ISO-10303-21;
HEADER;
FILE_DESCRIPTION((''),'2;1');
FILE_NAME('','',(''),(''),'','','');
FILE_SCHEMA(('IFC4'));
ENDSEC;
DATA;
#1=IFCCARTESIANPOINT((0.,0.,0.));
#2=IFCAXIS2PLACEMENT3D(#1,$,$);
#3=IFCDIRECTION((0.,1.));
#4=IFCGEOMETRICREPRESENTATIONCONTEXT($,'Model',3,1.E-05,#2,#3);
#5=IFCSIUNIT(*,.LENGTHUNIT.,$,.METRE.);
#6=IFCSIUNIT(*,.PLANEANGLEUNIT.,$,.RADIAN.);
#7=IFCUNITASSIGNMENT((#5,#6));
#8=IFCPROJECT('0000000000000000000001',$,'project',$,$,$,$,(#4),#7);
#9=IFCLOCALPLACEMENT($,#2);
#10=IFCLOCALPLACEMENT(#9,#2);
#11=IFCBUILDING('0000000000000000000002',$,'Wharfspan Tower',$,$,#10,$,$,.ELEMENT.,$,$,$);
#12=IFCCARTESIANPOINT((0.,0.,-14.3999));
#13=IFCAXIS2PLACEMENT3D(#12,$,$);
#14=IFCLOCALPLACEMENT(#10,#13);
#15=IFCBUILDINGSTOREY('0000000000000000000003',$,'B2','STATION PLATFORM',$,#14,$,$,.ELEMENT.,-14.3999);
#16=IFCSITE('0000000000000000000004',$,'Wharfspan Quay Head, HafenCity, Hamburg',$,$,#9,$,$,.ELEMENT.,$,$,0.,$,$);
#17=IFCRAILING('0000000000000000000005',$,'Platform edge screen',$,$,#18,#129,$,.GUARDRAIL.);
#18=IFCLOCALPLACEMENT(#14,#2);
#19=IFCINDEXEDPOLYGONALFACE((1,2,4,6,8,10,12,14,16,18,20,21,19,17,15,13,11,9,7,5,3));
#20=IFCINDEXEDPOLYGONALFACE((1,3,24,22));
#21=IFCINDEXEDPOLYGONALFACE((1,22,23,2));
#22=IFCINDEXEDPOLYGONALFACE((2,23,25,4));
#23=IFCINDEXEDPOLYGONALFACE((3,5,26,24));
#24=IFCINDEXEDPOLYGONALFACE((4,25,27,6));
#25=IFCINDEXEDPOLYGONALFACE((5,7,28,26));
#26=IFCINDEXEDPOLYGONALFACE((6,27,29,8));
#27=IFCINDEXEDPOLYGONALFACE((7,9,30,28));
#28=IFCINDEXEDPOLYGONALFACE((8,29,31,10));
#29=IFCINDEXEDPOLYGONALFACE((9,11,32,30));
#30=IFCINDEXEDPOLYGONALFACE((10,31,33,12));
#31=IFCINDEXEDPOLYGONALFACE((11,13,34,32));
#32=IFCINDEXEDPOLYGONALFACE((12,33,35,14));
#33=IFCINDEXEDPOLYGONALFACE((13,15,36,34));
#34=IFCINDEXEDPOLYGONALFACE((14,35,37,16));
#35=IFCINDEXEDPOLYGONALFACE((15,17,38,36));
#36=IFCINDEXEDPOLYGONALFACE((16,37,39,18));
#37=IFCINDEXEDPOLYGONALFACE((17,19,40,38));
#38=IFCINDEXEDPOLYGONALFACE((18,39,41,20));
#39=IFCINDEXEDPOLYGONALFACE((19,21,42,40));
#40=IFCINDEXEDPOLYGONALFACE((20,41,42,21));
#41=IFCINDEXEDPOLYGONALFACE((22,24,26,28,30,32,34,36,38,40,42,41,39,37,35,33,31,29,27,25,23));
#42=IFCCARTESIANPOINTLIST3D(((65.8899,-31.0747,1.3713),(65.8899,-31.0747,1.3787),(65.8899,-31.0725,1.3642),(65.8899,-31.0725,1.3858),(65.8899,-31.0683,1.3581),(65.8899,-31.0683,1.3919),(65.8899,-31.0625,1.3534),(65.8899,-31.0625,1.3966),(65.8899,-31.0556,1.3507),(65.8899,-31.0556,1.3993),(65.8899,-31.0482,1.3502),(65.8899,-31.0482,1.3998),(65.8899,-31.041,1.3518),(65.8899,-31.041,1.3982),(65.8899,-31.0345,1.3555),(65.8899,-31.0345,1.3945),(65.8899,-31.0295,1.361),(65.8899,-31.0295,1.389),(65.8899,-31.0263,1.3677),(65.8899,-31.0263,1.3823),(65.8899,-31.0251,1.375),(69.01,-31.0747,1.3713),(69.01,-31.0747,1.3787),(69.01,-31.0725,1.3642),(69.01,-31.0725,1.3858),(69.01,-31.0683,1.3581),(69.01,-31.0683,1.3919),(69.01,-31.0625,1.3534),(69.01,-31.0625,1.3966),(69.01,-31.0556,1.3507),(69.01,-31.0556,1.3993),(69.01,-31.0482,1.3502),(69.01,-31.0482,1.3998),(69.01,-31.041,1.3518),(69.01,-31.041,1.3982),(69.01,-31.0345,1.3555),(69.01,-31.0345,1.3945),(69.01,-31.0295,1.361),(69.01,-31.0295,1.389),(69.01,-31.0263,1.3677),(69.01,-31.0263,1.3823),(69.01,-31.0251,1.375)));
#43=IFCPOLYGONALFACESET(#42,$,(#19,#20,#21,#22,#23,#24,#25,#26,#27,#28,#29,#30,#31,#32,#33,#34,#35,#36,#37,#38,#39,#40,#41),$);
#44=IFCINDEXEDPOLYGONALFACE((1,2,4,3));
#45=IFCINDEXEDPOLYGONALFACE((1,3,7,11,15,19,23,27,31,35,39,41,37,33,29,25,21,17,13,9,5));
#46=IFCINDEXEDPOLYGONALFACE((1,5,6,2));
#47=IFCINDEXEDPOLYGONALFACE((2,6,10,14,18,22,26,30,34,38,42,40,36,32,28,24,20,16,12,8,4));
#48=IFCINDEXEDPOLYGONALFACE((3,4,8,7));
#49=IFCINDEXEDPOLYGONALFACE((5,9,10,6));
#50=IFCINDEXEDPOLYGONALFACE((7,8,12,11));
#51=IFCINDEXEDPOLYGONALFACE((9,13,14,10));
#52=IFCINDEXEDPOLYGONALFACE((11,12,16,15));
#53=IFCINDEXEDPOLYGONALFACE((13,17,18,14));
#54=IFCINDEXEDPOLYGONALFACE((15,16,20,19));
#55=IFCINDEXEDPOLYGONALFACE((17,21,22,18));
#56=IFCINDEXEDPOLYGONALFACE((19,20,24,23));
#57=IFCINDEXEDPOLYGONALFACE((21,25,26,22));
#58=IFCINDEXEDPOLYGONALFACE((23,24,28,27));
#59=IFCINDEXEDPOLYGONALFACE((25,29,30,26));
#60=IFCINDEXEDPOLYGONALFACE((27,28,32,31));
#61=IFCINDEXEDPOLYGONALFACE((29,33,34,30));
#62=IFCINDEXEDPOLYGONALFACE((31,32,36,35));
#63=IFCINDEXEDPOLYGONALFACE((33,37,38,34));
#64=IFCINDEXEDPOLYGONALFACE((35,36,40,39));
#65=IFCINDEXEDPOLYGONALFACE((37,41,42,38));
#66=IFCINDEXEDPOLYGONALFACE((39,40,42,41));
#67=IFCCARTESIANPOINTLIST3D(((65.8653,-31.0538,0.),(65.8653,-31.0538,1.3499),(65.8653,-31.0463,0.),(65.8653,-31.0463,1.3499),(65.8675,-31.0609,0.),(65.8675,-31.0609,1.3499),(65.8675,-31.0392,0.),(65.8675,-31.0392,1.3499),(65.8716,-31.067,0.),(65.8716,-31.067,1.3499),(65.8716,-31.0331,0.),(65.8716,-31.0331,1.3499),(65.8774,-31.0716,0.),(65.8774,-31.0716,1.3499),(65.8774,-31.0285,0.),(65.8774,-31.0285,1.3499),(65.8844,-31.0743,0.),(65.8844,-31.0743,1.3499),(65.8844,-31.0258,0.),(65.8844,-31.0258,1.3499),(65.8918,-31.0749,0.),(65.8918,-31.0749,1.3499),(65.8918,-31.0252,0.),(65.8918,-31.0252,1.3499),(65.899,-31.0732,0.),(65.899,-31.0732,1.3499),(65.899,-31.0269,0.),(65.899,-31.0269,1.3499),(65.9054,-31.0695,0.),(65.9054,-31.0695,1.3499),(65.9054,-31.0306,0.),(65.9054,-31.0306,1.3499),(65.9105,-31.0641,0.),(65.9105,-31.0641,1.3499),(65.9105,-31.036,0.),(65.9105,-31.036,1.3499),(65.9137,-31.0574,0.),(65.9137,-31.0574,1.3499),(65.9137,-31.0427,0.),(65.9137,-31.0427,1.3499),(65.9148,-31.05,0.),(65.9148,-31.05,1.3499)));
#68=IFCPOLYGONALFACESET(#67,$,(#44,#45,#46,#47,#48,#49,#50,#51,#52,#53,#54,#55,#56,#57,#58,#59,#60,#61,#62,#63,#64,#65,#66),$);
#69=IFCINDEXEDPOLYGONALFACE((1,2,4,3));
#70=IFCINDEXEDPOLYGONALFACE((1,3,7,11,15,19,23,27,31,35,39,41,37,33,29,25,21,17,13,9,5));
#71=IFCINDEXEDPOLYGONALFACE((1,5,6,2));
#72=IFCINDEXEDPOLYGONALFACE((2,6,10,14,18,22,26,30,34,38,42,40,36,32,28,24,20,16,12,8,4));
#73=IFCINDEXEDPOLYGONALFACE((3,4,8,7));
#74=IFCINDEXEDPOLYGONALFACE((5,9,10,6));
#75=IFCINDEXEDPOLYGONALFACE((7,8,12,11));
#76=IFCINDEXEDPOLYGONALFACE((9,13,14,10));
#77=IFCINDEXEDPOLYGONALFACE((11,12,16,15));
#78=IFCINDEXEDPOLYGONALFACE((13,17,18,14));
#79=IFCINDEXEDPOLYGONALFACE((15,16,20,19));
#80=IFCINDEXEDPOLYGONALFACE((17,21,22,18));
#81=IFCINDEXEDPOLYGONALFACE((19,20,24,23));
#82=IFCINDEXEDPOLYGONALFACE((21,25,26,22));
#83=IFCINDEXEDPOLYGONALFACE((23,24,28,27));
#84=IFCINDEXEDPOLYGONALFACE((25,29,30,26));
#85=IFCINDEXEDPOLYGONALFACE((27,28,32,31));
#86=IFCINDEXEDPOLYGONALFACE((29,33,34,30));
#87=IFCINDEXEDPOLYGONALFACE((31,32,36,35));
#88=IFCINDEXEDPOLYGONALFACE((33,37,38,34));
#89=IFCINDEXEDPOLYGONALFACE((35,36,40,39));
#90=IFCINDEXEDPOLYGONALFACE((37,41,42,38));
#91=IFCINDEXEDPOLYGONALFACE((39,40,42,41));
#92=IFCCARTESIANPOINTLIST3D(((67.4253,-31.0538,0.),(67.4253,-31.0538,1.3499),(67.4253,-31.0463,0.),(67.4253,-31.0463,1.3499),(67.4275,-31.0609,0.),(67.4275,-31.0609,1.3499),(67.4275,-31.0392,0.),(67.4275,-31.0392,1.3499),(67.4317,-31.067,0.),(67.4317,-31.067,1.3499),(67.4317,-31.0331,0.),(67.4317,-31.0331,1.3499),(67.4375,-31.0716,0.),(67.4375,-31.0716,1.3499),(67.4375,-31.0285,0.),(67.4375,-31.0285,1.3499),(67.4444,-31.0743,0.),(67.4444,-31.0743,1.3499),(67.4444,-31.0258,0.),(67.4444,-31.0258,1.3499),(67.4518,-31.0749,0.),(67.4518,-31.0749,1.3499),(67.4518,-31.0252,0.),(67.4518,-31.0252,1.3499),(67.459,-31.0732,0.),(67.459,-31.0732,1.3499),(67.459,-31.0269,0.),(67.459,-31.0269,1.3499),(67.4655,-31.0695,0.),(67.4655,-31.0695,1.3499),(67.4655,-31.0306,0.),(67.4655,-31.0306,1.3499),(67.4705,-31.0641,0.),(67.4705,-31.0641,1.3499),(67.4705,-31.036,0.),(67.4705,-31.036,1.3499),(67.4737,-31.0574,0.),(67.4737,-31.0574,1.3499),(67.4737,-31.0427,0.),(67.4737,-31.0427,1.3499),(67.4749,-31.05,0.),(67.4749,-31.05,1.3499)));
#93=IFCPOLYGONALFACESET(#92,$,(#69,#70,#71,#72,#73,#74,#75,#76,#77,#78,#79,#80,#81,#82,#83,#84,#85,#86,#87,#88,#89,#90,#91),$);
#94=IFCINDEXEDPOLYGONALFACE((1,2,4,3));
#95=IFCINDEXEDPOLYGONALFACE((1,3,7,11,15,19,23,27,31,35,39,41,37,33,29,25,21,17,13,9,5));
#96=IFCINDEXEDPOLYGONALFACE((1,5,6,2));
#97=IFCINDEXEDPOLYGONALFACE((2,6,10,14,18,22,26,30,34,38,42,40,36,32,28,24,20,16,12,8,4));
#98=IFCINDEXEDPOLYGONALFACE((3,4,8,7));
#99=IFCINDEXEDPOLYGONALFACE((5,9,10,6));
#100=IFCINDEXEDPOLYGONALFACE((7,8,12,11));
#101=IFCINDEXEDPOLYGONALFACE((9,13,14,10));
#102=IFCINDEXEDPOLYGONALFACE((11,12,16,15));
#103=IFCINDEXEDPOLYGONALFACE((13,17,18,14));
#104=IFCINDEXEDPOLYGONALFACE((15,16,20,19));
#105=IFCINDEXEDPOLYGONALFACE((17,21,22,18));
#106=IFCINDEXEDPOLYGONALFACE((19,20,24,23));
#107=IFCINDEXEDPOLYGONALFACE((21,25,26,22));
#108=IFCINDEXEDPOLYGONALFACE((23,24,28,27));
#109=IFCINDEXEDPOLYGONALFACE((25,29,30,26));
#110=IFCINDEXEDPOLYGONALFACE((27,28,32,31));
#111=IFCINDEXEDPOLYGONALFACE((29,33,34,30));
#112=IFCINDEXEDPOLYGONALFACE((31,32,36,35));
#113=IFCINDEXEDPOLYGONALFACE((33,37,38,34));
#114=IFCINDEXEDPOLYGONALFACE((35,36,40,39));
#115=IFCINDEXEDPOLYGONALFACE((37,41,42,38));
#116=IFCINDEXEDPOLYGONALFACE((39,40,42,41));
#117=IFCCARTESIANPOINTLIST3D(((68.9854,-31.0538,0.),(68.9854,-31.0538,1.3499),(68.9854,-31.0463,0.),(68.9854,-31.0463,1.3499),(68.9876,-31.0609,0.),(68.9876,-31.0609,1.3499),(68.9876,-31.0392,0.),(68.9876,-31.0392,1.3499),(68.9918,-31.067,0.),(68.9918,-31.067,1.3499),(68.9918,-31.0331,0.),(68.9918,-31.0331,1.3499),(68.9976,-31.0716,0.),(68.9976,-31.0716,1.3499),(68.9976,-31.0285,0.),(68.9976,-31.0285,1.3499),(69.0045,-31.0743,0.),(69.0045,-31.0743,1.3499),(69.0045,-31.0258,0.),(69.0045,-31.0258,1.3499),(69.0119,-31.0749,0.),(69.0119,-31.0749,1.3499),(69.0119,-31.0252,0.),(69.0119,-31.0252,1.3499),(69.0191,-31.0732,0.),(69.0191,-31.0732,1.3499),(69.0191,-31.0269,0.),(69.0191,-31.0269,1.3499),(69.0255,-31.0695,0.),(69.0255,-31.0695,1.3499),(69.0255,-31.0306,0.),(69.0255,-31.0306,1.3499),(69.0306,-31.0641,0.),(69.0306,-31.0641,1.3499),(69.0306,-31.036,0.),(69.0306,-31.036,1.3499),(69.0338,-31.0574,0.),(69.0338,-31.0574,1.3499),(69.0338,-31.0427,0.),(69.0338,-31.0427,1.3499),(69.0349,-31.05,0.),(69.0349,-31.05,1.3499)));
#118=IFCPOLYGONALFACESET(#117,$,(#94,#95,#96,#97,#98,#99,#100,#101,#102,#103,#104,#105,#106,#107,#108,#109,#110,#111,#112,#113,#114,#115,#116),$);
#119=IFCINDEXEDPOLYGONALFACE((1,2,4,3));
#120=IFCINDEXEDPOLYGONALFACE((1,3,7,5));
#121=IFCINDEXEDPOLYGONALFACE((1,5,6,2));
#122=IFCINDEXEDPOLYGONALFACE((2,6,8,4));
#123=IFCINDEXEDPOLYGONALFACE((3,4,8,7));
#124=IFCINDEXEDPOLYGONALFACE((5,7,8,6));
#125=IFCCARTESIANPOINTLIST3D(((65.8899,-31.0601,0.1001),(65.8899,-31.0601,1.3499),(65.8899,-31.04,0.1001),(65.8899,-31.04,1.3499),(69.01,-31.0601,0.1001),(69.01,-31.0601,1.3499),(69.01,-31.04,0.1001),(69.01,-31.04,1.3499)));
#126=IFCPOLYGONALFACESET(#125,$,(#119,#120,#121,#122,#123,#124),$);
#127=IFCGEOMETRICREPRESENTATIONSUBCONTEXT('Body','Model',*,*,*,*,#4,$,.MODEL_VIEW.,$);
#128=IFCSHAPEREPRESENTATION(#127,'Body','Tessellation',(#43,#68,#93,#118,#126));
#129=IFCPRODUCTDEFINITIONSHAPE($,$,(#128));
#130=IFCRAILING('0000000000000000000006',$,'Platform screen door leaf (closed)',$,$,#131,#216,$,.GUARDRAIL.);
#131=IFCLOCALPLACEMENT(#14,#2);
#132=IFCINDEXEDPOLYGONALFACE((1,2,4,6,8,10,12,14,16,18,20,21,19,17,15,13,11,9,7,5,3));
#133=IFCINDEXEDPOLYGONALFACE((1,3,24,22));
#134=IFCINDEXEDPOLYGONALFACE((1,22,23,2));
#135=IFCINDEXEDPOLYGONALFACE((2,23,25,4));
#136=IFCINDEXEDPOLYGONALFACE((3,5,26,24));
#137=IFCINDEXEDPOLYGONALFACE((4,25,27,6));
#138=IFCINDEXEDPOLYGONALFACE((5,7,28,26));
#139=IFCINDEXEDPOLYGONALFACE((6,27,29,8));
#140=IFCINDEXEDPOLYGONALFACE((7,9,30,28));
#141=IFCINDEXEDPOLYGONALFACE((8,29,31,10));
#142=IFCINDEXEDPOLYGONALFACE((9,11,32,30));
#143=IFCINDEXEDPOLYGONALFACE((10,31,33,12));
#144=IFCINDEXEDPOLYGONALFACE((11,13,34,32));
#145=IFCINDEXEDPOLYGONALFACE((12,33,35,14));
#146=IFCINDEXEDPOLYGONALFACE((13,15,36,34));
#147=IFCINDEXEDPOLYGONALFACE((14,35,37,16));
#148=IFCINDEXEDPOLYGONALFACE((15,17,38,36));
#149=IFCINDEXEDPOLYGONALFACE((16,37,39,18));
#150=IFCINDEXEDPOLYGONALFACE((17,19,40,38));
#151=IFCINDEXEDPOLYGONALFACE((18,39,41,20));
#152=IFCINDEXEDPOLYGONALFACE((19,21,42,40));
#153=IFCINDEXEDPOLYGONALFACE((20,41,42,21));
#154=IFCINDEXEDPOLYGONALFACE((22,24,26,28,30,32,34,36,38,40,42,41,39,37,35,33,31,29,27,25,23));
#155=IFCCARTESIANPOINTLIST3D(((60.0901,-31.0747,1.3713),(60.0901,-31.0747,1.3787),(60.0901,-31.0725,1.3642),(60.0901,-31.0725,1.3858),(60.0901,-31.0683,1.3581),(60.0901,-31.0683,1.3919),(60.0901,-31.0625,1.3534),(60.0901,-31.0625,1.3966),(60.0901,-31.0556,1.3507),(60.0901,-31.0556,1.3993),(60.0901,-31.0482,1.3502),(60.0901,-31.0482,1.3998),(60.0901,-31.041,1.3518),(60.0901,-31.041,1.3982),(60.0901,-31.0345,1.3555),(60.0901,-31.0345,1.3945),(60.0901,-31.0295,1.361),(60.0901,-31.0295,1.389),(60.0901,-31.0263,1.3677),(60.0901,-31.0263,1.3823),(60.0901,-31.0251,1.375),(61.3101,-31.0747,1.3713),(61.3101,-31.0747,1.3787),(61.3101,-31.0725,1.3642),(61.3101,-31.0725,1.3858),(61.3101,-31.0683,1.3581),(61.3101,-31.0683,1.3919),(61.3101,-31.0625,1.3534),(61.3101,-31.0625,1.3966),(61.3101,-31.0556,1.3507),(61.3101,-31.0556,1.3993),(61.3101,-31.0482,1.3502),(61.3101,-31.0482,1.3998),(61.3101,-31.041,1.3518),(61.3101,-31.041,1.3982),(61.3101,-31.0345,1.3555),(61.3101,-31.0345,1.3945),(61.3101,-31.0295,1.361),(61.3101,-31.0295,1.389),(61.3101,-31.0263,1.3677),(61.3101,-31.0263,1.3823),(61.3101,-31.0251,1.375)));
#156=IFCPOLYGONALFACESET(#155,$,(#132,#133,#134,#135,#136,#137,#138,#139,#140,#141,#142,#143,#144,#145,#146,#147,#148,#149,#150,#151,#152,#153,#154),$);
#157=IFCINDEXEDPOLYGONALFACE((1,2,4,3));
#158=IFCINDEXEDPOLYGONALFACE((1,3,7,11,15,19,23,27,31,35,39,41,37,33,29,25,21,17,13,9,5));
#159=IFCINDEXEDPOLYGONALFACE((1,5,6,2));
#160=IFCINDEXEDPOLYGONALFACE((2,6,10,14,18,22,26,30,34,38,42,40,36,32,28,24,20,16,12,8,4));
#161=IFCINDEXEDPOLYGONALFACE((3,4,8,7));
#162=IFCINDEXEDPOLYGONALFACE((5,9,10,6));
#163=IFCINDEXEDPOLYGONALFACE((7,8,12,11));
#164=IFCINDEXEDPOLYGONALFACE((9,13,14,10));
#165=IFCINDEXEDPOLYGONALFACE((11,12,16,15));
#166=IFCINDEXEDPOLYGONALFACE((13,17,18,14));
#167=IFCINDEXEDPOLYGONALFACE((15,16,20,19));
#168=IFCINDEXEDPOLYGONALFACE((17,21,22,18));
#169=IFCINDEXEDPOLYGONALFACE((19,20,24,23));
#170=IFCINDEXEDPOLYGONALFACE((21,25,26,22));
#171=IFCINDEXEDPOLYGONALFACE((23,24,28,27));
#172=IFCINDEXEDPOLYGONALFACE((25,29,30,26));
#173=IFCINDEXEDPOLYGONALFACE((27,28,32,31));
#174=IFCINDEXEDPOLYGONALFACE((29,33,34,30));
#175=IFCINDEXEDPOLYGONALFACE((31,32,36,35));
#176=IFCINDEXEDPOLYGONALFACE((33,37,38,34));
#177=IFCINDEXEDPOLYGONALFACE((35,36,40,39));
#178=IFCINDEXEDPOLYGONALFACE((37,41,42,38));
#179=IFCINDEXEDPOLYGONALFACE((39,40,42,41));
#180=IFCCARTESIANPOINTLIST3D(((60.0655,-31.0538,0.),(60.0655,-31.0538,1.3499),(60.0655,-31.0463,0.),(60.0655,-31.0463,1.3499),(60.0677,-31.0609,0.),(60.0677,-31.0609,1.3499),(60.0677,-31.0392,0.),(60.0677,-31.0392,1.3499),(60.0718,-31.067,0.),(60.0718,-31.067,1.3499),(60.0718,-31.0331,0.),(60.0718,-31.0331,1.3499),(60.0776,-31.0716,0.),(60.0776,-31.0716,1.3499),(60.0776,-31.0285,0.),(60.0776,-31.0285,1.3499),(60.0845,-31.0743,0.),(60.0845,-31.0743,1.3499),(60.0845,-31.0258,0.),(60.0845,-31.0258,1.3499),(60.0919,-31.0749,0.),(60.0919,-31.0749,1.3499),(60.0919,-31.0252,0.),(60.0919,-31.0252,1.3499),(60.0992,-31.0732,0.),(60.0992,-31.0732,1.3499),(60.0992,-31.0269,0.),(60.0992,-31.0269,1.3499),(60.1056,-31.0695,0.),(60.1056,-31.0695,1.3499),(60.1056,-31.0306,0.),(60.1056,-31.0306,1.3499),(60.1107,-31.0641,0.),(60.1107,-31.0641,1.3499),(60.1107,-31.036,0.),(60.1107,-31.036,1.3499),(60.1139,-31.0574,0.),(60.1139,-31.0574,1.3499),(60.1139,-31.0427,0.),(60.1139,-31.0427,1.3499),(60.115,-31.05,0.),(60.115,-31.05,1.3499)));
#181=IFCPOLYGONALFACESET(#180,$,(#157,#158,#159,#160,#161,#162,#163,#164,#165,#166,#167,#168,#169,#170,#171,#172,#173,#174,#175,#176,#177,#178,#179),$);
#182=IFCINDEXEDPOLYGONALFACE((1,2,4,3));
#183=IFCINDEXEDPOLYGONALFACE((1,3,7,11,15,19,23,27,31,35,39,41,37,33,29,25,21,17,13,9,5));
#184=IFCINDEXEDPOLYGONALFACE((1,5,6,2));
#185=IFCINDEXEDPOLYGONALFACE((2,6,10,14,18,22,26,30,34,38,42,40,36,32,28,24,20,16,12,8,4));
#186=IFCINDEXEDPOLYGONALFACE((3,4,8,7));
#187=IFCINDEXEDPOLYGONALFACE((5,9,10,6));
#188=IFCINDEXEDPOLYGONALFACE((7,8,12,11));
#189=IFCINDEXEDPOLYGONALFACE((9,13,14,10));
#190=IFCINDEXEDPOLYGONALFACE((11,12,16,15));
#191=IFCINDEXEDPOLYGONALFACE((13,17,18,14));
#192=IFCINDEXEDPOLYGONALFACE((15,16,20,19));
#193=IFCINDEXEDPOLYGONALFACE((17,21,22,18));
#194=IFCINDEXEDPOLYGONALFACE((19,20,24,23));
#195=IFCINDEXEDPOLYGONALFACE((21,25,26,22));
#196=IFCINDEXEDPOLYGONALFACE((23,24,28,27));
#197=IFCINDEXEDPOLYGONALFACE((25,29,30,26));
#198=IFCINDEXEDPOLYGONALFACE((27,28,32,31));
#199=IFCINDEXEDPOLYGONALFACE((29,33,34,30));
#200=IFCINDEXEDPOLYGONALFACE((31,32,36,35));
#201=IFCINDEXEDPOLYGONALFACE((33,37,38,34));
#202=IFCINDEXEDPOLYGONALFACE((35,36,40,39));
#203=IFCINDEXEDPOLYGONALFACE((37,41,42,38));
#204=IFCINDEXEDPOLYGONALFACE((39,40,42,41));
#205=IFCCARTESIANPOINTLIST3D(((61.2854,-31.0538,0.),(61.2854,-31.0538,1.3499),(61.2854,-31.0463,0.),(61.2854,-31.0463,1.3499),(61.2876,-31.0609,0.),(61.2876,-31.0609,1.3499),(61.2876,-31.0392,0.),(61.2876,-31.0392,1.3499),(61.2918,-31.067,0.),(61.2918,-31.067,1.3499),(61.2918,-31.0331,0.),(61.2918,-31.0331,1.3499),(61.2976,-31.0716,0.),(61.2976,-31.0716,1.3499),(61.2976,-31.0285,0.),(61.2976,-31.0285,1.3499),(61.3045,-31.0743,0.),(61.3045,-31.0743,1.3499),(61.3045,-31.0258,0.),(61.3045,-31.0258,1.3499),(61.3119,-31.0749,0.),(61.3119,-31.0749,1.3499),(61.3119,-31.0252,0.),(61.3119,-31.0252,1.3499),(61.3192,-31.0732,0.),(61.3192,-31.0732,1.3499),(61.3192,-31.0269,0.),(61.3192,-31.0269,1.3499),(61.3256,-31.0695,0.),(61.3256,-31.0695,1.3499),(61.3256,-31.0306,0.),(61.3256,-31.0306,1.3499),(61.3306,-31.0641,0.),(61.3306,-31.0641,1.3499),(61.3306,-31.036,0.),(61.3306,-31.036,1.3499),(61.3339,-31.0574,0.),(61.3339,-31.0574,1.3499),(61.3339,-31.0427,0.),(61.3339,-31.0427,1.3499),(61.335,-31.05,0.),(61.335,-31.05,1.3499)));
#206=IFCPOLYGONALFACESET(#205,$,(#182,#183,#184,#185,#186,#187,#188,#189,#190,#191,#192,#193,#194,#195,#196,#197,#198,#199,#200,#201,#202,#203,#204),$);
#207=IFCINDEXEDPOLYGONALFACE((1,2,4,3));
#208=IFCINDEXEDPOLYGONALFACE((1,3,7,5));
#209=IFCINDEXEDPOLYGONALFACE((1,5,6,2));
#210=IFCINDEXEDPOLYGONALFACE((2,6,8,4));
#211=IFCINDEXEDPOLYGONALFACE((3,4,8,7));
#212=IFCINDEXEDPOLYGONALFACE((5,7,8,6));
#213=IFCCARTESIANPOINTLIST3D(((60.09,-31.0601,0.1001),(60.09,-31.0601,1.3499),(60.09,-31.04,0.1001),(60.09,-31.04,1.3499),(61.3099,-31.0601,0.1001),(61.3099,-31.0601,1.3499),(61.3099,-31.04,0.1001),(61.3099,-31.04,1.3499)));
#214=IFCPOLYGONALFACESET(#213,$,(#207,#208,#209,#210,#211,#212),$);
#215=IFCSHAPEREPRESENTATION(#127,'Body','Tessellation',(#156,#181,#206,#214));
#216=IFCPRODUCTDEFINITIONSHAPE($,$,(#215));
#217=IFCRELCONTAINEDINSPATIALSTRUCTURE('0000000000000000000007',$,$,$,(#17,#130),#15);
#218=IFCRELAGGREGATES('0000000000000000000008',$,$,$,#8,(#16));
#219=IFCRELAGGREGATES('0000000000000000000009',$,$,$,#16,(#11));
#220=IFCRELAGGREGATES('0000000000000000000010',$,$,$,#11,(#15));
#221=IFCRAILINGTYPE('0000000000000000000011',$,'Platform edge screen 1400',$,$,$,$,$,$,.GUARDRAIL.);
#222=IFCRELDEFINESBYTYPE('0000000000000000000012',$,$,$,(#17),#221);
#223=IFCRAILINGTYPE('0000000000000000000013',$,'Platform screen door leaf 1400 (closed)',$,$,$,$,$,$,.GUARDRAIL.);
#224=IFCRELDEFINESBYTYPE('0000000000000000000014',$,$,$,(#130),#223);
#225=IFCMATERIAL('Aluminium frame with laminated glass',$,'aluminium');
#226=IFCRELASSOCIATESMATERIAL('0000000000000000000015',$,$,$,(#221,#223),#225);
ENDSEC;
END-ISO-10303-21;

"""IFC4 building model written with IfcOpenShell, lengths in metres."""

from ifc_helpers import new_model, si_unit, direction, frame, origin, origin_2d, place, context, subcontext, project, spatial, rectangle, circle, extrude, material, type_object, element, save


model = new_model("IFC4")

# Units and contexts
model_context = context("Model", 3, precision=1e-05, world=origin(), true_north=direction((0.0, 1.0)))
body_context = subcontext(model_context, "Body", "Model", "MODEL_VIEW")
ifc_project = project(units=[si_unit("LENGTHUNIT", "METRE"), si_unit("PLANEANGLEUNIT", "RADIAN")], contexts=[model_context])

# Site, building, storey
site_placement = place(None, origin())
site = spatial("IfcSite", under=ifc_project, at=site_placement, Name="Wharfspan Quay Head, HafenCity, Hamburg", CompositionType="ELEMENT", RefElevation=0.0)
building_placement = place(site_placement, origin())
building = spatial("IfcBuilding", under=site, at=building_placement, Name="Wharfspan Tower", CompositionType="ELEMENT")
storey_placement = place(building_placement, frame((0.0, 0.0, -14.3999)))
storey = spatial("IfcBuildingStorey", under=building, at=storey_placement, Name="B2", Description="STATION PLATFORM", CompositionType="ELEMENT", Elevation=-14.3999)

# Railings
ifc_material_1 = material(Name="Aluminium frame with laminated glass", Category="aluminium")
railing_type_1 = type_object("IfcRailingType", Name="Platform edge screen 1400", PredefinedType="GUARDRAIL", material=ifc_material_1)
for number, where, name in (
    (1, (65.8899, -31.05, 0.0), "Platform edge screen"),
):
    element("IfcRailing", number, at=place(storey_placement, frame(where)), inside=storey, type_object=railing_type_1, Name=name, PredefinedType="GUARDRAIL", context=body_context, shape_type="SweptSolid", body=[
        extrude(circle(Radius=0.0249, at=origin_2d()), frame((0.0, 0.0, 1.375), z_axis=(1.0, 0.0, 0.0), x_axis=(0.0, 1.0, 0.0)), (0.0, 0.0, 1.0), 3.1201),
        extrude(circle(Radius=0.0249, at=origin_2d()), origin(), (0.0, 0.0, 1.0), 1.3499),
        extrude(circle(Radius=0.0249, at=origin_2d()), frame((1.5601, 0.0, 0.0)), (0.0, 0.0, 1.0), 1.3499),
        extrude(circle(Radius=0.0249, at=origin_2d()), frame((3.1201, 0.0, 0.0)), (0.0, 0.0, 1.0), 1.3499),
        extrude(rectangle(XDim=3.1201, YDim=0.02, at=origin_2d()), frame((1.5601, 0.0, 0.1001), z_axis=(0.0, 0.0, 1.0), x_axis=(1.0, 0.0, 0.0)), (0.0, 0.0, 1.0), 1.2498),
    ])
railing_type_2 = type_object("IfcRailingType", Name="Platform screen door leaf 1400 (closed)", PredefinedType="GUARDRAIL", material=ifc_material_1)
for number, where, name in (
    (2, (60.0901, -31.05, 0.0), "Platform screen door leaf (closed)"),
):
    element("IfcRailing", number, at=place(storey_placement, frame(where)), inside=storey, type_object=railing_type_2, Name=name, PredefinedType="GUARDRAIL", context=body_context, shape_type="SweptSolid", body=[
        extrude(circle(Radius=0.0249, at=origin_2d()), frame((0.0, 0.0, 1.375), z_axis=(1.0, 0.0, 0.0), x_axis=(0.0, 1.0, 0.0)), (0.0, 0.0, 1.0), 1.22),
        extrude(circle(Radius=0.0249, at=origin_2d()), origin(), (0.0, 0.0, 1.0), 1.3499),
        extrude(circle(Radius=0.0249, at=origin_2d()), frame((1.22, 0.0, 0.0)), (0.0, 0.0, 1.0), 1.3499),
        extrude(rectangle(XDim=1.22, YDim=0.02, at=origin_2d()), frame((0.6099, 0.0, 0.1001), z_axis=(0.0, 0.0, 1.0), x_axis=(1.0, 0.0, 0.0)), (0.0, 0.0, 1.0), 1.2498),
    ])

save(model, "model.ifc")
